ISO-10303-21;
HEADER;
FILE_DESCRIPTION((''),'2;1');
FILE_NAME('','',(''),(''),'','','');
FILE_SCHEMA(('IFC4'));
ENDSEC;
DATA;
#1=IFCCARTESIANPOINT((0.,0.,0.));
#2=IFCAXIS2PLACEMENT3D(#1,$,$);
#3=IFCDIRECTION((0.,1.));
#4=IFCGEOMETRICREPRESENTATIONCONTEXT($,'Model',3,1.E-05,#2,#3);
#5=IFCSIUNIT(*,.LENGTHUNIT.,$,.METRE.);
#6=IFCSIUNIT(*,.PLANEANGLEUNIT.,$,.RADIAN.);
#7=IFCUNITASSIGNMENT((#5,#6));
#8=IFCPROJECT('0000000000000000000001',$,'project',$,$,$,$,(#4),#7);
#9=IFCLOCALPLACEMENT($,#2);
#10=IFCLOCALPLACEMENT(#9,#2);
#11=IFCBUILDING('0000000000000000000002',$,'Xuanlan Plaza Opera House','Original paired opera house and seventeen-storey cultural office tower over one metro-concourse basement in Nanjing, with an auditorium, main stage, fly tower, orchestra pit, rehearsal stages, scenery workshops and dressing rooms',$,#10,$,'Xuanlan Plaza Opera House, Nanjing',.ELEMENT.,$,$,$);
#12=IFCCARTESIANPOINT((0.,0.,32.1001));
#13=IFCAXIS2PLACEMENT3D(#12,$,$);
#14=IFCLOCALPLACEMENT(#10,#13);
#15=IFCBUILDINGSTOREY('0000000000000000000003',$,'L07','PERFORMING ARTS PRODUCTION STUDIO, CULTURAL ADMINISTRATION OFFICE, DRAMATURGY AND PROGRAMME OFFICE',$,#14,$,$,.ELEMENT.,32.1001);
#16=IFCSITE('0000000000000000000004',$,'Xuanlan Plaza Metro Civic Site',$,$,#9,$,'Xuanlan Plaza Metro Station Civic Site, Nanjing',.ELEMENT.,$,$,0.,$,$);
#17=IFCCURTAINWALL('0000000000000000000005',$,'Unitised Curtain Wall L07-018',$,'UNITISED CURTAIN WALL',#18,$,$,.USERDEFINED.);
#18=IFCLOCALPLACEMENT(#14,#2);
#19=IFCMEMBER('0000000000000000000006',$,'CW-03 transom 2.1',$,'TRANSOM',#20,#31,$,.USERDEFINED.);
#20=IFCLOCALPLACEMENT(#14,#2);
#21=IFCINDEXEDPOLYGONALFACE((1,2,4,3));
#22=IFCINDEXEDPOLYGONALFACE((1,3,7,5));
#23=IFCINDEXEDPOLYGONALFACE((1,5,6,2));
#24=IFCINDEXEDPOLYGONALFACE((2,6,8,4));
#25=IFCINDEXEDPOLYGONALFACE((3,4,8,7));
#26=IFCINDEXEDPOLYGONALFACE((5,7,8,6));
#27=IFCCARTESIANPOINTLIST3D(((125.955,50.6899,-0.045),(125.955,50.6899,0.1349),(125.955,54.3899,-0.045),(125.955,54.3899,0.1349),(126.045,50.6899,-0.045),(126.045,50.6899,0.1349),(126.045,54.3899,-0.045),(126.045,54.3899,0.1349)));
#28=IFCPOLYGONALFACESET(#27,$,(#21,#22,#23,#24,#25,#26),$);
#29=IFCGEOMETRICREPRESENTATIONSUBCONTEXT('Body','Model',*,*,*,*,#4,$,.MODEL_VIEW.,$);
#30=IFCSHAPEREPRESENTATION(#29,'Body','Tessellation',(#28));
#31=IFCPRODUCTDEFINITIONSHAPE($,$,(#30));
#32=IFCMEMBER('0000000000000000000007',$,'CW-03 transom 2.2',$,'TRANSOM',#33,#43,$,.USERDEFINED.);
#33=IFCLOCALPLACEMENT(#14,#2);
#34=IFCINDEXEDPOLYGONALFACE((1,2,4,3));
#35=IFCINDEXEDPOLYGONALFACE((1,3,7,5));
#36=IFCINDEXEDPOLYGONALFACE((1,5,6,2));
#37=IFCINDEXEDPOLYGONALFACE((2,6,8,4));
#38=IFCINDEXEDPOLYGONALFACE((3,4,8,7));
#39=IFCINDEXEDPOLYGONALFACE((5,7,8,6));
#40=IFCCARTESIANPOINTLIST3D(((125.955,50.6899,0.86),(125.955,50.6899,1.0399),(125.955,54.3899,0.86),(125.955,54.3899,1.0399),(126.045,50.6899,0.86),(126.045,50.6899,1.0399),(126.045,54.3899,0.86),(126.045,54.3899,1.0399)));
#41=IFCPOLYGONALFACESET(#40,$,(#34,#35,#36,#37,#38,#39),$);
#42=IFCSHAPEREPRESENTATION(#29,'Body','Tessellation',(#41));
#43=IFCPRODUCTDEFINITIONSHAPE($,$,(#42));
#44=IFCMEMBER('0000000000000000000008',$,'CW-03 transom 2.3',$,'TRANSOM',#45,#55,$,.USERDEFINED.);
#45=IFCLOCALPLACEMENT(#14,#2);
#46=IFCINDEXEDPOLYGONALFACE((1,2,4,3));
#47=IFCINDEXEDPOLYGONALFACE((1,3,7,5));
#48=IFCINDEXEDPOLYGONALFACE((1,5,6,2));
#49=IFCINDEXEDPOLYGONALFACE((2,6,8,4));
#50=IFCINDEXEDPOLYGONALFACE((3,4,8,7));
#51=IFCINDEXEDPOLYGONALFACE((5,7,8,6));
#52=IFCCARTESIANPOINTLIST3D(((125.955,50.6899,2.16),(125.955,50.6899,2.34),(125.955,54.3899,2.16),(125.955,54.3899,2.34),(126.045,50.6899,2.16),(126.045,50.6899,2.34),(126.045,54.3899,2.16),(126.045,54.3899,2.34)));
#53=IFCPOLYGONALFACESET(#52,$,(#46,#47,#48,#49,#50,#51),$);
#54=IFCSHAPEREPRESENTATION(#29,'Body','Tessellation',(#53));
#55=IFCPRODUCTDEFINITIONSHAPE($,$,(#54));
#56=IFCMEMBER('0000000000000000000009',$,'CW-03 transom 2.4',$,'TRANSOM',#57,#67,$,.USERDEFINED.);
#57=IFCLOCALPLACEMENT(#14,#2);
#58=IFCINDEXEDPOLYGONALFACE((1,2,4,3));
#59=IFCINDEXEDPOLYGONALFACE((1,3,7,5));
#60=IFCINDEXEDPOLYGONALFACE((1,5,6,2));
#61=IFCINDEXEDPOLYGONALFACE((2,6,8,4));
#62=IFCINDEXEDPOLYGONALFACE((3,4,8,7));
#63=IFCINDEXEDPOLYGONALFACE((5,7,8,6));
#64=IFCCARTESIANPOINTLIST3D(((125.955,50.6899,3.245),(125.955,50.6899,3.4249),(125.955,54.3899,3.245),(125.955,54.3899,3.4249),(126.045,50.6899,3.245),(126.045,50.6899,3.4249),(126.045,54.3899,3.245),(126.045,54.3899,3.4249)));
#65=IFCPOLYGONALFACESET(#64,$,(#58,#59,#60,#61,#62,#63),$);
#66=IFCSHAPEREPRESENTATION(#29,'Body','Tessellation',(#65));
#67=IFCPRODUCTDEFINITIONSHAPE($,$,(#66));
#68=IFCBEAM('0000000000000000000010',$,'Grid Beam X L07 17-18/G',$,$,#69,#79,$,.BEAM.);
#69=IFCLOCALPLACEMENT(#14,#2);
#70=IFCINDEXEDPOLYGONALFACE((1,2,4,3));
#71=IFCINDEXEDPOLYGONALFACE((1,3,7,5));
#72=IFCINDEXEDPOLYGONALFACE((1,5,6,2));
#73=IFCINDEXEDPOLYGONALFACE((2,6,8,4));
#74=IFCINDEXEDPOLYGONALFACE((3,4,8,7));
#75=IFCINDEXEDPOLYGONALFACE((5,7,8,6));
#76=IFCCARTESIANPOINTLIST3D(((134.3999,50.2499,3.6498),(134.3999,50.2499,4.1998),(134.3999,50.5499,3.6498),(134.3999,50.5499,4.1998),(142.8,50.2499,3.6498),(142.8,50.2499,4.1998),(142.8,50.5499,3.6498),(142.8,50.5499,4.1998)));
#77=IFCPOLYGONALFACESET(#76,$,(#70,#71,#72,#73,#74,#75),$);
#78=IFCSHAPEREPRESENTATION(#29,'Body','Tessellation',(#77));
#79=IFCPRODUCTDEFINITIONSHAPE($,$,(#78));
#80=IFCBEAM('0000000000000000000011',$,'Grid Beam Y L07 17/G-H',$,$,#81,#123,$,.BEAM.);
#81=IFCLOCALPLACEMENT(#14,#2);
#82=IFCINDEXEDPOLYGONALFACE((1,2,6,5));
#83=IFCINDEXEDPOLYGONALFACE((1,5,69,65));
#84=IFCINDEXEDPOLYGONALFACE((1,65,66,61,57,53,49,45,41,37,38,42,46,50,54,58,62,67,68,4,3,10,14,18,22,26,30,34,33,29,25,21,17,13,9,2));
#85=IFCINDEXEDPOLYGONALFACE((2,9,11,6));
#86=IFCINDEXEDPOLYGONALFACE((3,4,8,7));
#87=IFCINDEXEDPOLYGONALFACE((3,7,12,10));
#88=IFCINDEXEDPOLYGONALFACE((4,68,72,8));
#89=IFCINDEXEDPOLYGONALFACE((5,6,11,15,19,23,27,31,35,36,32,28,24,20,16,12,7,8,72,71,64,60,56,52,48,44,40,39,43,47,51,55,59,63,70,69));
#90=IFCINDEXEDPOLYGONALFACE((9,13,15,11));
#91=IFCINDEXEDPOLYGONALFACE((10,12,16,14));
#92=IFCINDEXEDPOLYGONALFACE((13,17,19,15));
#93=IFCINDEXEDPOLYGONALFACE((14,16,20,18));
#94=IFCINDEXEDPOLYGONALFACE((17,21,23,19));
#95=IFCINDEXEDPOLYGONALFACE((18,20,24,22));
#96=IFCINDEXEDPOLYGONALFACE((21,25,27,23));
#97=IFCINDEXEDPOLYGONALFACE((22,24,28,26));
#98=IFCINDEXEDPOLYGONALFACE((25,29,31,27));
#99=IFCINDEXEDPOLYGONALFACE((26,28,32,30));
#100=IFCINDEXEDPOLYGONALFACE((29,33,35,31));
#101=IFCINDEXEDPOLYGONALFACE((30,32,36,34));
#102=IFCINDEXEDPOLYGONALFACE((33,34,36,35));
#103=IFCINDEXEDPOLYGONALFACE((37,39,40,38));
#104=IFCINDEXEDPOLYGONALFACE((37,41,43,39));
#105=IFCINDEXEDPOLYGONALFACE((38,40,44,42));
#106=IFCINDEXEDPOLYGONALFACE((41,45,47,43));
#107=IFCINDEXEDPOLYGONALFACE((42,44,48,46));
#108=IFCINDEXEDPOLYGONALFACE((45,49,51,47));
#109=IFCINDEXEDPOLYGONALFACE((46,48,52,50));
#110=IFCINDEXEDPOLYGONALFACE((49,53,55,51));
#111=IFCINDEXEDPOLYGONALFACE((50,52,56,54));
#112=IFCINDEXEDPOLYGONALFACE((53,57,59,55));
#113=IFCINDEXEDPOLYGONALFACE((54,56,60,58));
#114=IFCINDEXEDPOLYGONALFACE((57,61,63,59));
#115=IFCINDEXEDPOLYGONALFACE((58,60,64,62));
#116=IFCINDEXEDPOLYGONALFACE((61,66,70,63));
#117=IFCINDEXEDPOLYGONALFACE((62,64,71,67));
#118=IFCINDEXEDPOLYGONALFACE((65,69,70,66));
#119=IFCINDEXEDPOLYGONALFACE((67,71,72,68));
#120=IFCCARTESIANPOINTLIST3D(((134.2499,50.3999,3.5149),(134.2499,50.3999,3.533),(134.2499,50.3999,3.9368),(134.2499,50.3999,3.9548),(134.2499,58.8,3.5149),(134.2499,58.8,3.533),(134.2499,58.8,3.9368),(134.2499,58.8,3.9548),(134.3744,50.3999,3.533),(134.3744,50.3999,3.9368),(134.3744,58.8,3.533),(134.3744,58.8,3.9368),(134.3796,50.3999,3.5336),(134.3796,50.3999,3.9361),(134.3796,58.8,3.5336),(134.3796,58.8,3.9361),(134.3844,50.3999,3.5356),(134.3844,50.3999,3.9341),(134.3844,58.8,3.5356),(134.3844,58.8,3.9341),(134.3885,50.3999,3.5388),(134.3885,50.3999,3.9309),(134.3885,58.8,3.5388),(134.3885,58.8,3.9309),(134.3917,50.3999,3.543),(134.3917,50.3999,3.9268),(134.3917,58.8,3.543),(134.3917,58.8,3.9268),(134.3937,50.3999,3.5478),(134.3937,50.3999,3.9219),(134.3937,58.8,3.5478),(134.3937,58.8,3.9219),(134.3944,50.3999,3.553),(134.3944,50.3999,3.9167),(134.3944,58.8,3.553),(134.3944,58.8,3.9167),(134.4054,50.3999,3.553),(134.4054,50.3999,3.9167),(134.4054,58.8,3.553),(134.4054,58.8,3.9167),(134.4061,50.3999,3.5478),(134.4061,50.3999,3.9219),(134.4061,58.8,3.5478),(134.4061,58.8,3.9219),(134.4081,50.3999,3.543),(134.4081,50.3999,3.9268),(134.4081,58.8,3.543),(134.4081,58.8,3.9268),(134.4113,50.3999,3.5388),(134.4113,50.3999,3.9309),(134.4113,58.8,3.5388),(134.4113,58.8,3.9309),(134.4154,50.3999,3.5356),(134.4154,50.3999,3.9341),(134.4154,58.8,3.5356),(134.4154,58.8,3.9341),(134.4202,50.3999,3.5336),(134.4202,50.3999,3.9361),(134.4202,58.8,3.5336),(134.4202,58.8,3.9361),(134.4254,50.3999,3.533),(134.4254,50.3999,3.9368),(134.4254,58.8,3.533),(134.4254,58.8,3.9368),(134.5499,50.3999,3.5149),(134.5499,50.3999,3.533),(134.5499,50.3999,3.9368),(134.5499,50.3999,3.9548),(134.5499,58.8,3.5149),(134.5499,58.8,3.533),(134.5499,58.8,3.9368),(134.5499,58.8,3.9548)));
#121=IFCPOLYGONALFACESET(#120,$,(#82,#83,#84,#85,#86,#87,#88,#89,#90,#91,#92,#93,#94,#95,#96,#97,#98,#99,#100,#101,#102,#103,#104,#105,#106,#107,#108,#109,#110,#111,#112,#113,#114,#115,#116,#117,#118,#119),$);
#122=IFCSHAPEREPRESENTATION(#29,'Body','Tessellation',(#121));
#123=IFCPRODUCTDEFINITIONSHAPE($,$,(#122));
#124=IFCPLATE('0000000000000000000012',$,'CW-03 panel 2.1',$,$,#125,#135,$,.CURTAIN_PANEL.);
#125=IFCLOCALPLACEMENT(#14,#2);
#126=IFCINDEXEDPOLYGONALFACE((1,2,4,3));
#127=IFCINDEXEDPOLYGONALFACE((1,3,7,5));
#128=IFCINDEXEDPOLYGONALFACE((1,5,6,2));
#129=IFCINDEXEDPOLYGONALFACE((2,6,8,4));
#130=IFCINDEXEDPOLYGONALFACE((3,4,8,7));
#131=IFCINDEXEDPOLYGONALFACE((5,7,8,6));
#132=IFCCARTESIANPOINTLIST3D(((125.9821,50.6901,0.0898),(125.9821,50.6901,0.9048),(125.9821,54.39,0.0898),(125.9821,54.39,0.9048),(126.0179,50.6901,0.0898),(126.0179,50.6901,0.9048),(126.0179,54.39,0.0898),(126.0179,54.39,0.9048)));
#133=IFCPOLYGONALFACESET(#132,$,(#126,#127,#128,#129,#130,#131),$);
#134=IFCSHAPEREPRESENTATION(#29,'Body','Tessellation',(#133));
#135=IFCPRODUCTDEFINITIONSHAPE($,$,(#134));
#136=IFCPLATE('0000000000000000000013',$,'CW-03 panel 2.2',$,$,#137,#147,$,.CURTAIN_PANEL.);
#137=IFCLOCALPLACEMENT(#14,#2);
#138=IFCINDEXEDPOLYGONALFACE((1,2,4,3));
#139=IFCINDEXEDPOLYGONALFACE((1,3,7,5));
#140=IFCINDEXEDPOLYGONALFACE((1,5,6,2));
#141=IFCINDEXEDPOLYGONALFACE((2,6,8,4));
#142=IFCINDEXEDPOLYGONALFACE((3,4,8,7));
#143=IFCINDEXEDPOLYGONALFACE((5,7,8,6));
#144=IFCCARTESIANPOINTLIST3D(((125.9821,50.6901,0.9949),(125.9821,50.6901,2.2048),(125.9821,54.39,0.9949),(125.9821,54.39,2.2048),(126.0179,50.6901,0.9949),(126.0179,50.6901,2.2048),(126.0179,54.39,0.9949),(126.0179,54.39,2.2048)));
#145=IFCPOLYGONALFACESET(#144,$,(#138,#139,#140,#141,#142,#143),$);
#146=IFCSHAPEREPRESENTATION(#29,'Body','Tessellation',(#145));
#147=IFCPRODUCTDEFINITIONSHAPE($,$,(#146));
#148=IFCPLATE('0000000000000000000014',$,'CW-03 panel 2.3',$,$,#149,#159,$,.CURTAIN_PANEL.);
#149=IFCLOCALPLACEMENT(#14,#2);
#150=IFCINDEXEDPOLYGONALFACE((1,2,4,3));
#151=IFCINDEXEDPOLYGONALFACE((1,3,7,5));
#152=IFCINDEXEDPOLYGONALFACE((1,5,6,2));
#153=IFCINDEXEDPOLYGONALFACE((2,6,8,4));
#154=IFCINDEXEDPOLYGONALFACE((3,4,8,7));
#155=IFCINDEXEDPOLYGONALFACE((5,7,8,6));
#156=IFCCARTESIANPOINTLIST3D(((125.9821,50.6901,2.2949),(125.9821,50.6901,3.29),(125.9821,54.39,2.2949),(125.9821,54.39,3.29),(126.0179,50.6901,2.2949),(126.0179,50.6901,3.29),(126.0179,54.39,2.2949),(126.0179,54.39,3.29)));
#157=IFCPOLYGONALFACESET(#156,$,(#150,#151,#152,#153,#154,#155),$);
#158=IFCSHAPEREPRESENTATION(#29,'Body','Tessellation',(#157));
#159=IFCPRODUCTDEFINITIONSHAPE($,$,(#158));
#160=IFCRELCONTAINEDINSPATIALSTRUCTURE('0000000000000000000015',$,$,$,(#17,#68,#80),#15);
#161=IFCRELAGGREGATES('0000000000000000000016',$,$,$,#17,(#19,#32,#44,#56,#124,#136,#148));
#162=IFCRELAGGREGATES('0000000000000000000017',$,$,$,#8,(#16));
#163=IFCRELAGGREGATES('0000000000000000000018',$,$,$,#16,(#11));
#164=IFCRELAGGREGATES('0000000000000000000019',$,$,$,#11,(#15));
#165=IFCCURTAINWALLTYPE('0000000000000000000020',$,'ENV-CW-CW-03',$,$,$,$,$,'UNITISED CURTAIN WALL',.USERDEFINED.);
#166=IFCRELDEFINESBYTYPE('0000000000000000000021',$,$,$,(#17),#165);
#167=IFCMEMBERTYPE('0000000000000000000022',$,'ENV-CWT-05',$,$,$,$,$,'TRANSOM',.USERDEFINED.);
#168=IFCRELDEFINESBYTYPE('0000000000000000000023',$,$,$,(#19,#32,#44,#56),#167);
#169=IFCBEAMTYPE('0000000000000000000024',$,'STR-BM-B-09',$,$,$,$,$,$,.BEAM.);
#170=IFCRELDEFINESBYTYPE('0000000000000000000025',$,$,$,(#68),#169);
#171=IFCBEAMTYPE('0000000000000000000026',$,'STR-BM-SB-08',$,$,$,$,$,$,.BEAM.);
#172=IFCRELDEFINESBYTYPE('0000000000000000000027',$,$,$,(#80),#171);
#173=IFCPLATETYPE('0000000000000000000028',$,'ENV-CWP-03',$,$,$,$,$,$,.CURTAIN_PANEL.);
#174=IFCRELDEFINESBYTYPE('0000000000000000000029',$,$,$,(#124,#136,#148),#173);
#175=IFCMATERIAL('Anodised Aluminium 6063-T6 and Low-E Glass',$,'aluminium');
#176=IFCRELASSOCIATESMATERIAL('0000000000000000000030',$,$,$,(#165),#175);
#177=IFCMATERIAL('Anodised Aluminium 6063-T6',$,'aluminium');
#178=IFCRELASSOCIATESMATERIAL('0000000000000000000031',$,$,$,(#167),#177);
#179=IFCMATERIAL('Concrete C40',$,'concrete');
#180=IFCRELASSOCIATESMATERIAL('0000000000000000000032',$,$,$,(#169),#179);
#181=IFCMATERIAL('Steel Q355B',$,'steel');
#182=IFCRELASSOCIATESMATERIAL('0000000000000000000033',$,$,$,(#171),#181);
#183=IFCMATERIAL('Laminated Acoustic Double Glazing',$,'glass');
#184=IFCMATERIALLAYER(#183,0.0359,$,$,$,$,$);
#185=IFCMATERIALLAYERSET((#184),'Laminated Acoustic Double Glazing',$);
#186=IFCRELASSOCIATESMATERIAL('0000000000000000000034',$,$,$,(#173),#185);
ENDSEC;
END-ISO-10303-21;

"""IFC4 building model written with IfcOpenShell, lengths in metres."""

from ifc_helpers import new_model, si_unit, direction, frame, origin, origin_2d, place, context, subcontext, project, spatial, rectangle, i_section, extrude, material, layer, layer_set, material_profile, profile_set, type_object, element, aggregate, save


model = new_model("IFC4")

# Units and contexts
model_context = context("Model", 3, precision=1e-05, world=origin(), true_north=direction((0.0, 1.0)))
body_context = subcontext(model_context, "Body", "Model", "MODEL_VIEW")
ifc_project = project(units=[si_unit("LENGTHUNIT", "METRE"), si_unit("PLANEANGLEUNIT", "RADIAN")], contexts=[model_context])

# Site, building, storey
site_placement = place(None, origin())
site = spatial("IfcSite", under=ifc_project, at=site_placement, Name="Xuanlan Plaza Metro Civic Site", LongName="Xuanlan Plaza Metro Station Civic Site, Nanjing", CompositionType="ELEMENT", RefElevation=0.0)
building_placement = place(site_placement, origin())
building = spatial("IfcBuilding", under=site, at=building_placement, Name="Xuanlan Plaza Opera House", Description="Original paired opera house and seventeen-storey cultural office tower over one metro-concourse basement in Nanjing, with an auditorium, main stage, fly tower, orchestra pit, rehearsal stages, scenery workshops and dressing rooms", LongName="Xuanlan Plaza Opera House, Nanjing", CompositionType="ELEMENT")
storey_placement = place(building_placement, frame((0.0, 0.0, 32.1001)))
storey = spatial("IfcBuildingStorey", under=building, at=storey_placement, Name="L07", Description="PERFORMING ARTS PRODUCTION STUDIO, CULTURAL ADMINISTRATION OFFICE, DRAMATURGY AND PROGRAMME OFFICE", CompositionType="ELEMENT", Elevation=32.1001)

# Curtain wall, members
ifc_material_1 = material(Name="Anodised Aluminium 6063-T6 and Low-E Glass", Category="aluminium")
curtain_wall_type = type_object("IfcCurtainWallType", Name="ENV-CW-CW-03", ElementType="UNITISED CURTAIN WALL", PredefinedType="USERDEFINED", material=ifc_material_1)
curtain_wall_placement = place(storey_placement, origin())
curtain_wall = element("IfcCurtainWall", 1, at=curtain_wall_placement, inside=storey, type_object=curtain_wall_type, Name="Unitised Curtain Wall L07-018", ObjectType="UNITISED CURTAIN WALL", PredefinedType="USERDEFINED")
ifc_material_2 = material(Name="Anodised Aluminium 6063-T6", Category="aluminium")
ifc_material_profile_1 = material_profile(ifc_material_2, rectangle(XDim=0.0901, YDim=0.1799, at=origin_2d()), Name="ALU-T 90x180")
ifc_profile_set_1 = profile_set([ifc_material_profile_1], Name="Anodised Aluminium 6063-T6")
member_type = type_object("IfcMemberType", Name="ENV-CWT-05", ElementType="TRANSOM", PredefinedType="USERDEFINED", material=ifc_profile_set_1)
member_1_placement = place(storey_placement, frame((126.0, 54.3899, 0.0449), z_axis=(0.0, -1.0, 0.0), x_axis=(1.0, 0.0, 0.0)))
member_1 = element("IfcMember", 2, at=member_1_placement, type_object=member_type, Name="CW-03 transom 2.1", ObjectType="TRANSOM", PredefinedType="USERDEFINED", context=body_context, shape_type="SweptSolid", body=[
    extrude(rectangle(XDim=0.0901, YDim=0.1799, at=origin_2d()), origin(), (0.0, 0.0, 1.0), 3.7),
])
member_2_placement = place(storey_placement, frame((126.0, 54.3899, 0.95), z_axis=(0.0, -1.0, 0.0), x_axis=(1.0, 0.0, 0.0)))
member_2 = element("IfcMember", 3, at=member_2_placement, type_object=member_type, Name="CW-03 transom 2.2", ObjectType="TRANSOM", PredefinedType="USERDEFINED", context=body_context, shape_type="SweptSolid", body=[
    extrude(rectangle(XDim=0.0901, YDim=0.1799, at=origin_2d()), origin(), (0.0, 0.0, 1.0), 3.7),
])
member_3_placement = place(storey_placement, frame((126.0, 54.3899, 2.25), z_axis=(0.0, -1.0, 0.0), x_axis=(1.0, 0.0, 0.0)))
member_3 = element("IfcMember", 4, at=member_3_placement, type_object=member_type, Name="CW-03 transom 2.3", ObjectType="TRANSOM", PredefinedType="USERDEFINED", context=body_context, shape_type="SweptSolid", body=[
    extrude(rectangle(XDim=0.0901, YDim=0.1799, at=origin_2d()), origin(), (0.0, 0.0, 1.0), 3.7),
])
member_4_placement = place(storey_placement, frame((126.0, 54.3899, 3.335), z_axis=(0.0, -1.0, 0.0), x_axis=(1.0, 0.0, 0.0)))
member_4 = element("IfcMember", 5, at=member_4_placement, type_object=member_type, Name="CW-03 transom 2.4", ObjectType="TRANSOM", PredefinedType="USERDEFINED", context=body_context, shape_type="SweptSolid", body=[
    extrude(rectangle(XDim=0.0901, YDim=0.1799, at=origin_2d()), origin(), (0.0, 0.0, 1.0), 3.7),
])

# Beams
ifc_material_3 = material(Name="Concrete C40", Category="concrete")
ifc_material_profile_2 = material_profile(ifc_material_3, rectangle(XDim=0.3, YDim=0.55, at=origin_2d()), Name="RC-BM 300x550")
ifc_profile_set_2 = profile_set([ifc_material_profile_2], Name="Concrete C40")
beam_type_1 = type_object("IfcBeamType", Name="STR-BM-B-09", PredefinedType="BEAM", material=ifc_profile_set_2)
beam_1_placement = place(storey_placement, frame((134.3999, 50.3999, 3.9248), z_axis=(1.0, 0.0, 0.0), x_axis=(0.0, 1.0, 0.0)))
element("IfcBeam", 6, at=beam_1_placement, inside=storey, type_object=beam_type_1, Name="Grid Beam X L07 17-18/G", PredefinedType="BEAM", context=body_context, shape_type="SweptSolid", body=[
    extrude(rectangle(XDim=0.3, YDim=0.55, at=origin_2d()), origin(), (0.0, 0.0, 1.0), 8.4001),
])
ifc_material_4 = material(Name="Steel Q355B", Category="steel")
ifc_material_profile_3 = material_profile(ifc_material_4, i_section(OverallWidth=0.3, OverallDepth=0.4399, WebThickness=0.011, FlangeThickness=0.0181, FilletRadius=0.02, at=origin_2d()), Name="HM 440x300x11x18")
ifc_profile_set_3 = profile_set([ifc_material_profile_3], Name="Steel Q355B")
beam_type_2 = type_object("IfcBeamType", Name="STR-BM-SB-08", PredefinedType="BEAM", material=ifc_profile_set_3)
beam_2_placement = place(storey_placement, frame((134.3999, 50.3999, 3.7349), z_axis=(0.0, 1.0, 0.0), x_axis=(-1.0, 0.0, 0.0)))
element("IfcBeam", 7, at=beam_2_placement, inside=storey, type_object=beam_type_2, Name="Grid Beam Y L07 17/G-H", PredefinedType="BEAM", context=body_context, shape_type="SweptSolid", body=[
    extrude(i_section(OverallWidth=0.3, OverallDepth=0.4399, WebThickness=0.011, FlangeThickness=0.0181, FilletRadius=0.02, at=origin_2d()), origin(), (0.0, 0.0, 1.0), 8.4001),
])

# Plates
ifc_material_5 = material(Name="Laminated Acoustic Double Glazing", Category="glass")
ifc_layer_1 = layer(ifc_material_5, 0.0359)
ifc_layer_set_1 = layer_set([ifc_layer_1], Name="Laminated Acoustic Double Glazing")
plate_type = type_object("IfcPlateType", Name="ENV-CWP-03", PredefinedType="CURTAIN_PANEL", material=ifc_layer_set_1)
plate_1_placement = place(storey_placement, frame((126.0, 52.54, 0.0898), z_axis=(0.0, 0.0, 1.0), x_axis=(0.0, -1.0, 0.0)))
plate_1 = element("IfcPlate", 8, at=plate_1_placement, type_object=plate_type, Name="CW-03 panel 2.1", PredefinedType="CURTAIN_PANEL", context=body_context, shape_type="SweptSolid", body=[
    extrude(rectangle(XDim=3.7, YDim=0.0359, at=origin_2d()), origin(), (0.0, 0.0, 1.0), 0.8149),
])
plate_2_placement = place(storey_placement, frame((126.0, 52.54, 0.9949), z_axis=(0.0, 0.0, 1.0), x_axis=(0.0, -1.0, 0.0)))
plate_2 = element("IfcPlate", 9, at=plate_2_placement, type_object=plate_type, Name="CW-03 panel 2.2", PredefinedType="CURTAIN_PANEL", context=body_context, shape_type="SweptSolid", body=[
    extrude(rectangle(XDim=3.7, YDim=0.0359, at=origin_2d()), origin(), (0.0, 0.0, 1.0), 1.21),
])
plate_3_placement = place(storey_placement, frame((126.0, 52.54, 2.2949), z_axis=(0.0, 0.0, 1.0), x_axis=(0.0, -1.0, 0.0)))
plate_3 = element("IfcPlate", 10, at=plate_3_placement, type_object=plate_type, Name="CW-03 panel 2.3", PredefinedType="CURTAIN_PANEL", context=body_context, shape_type="SweptSolid", body=[
    extrude(rectangle(XDim=3.7, YDim=0.0359, at=origin_2d()), origin(), (0.0, 0.0, 1.0), 0.9951),
])
aggregate(curtain_wall, [member_1, member_2, member_3, member_4, plate_1, plate_2, plate_3])

save(model, "model.ifc")
